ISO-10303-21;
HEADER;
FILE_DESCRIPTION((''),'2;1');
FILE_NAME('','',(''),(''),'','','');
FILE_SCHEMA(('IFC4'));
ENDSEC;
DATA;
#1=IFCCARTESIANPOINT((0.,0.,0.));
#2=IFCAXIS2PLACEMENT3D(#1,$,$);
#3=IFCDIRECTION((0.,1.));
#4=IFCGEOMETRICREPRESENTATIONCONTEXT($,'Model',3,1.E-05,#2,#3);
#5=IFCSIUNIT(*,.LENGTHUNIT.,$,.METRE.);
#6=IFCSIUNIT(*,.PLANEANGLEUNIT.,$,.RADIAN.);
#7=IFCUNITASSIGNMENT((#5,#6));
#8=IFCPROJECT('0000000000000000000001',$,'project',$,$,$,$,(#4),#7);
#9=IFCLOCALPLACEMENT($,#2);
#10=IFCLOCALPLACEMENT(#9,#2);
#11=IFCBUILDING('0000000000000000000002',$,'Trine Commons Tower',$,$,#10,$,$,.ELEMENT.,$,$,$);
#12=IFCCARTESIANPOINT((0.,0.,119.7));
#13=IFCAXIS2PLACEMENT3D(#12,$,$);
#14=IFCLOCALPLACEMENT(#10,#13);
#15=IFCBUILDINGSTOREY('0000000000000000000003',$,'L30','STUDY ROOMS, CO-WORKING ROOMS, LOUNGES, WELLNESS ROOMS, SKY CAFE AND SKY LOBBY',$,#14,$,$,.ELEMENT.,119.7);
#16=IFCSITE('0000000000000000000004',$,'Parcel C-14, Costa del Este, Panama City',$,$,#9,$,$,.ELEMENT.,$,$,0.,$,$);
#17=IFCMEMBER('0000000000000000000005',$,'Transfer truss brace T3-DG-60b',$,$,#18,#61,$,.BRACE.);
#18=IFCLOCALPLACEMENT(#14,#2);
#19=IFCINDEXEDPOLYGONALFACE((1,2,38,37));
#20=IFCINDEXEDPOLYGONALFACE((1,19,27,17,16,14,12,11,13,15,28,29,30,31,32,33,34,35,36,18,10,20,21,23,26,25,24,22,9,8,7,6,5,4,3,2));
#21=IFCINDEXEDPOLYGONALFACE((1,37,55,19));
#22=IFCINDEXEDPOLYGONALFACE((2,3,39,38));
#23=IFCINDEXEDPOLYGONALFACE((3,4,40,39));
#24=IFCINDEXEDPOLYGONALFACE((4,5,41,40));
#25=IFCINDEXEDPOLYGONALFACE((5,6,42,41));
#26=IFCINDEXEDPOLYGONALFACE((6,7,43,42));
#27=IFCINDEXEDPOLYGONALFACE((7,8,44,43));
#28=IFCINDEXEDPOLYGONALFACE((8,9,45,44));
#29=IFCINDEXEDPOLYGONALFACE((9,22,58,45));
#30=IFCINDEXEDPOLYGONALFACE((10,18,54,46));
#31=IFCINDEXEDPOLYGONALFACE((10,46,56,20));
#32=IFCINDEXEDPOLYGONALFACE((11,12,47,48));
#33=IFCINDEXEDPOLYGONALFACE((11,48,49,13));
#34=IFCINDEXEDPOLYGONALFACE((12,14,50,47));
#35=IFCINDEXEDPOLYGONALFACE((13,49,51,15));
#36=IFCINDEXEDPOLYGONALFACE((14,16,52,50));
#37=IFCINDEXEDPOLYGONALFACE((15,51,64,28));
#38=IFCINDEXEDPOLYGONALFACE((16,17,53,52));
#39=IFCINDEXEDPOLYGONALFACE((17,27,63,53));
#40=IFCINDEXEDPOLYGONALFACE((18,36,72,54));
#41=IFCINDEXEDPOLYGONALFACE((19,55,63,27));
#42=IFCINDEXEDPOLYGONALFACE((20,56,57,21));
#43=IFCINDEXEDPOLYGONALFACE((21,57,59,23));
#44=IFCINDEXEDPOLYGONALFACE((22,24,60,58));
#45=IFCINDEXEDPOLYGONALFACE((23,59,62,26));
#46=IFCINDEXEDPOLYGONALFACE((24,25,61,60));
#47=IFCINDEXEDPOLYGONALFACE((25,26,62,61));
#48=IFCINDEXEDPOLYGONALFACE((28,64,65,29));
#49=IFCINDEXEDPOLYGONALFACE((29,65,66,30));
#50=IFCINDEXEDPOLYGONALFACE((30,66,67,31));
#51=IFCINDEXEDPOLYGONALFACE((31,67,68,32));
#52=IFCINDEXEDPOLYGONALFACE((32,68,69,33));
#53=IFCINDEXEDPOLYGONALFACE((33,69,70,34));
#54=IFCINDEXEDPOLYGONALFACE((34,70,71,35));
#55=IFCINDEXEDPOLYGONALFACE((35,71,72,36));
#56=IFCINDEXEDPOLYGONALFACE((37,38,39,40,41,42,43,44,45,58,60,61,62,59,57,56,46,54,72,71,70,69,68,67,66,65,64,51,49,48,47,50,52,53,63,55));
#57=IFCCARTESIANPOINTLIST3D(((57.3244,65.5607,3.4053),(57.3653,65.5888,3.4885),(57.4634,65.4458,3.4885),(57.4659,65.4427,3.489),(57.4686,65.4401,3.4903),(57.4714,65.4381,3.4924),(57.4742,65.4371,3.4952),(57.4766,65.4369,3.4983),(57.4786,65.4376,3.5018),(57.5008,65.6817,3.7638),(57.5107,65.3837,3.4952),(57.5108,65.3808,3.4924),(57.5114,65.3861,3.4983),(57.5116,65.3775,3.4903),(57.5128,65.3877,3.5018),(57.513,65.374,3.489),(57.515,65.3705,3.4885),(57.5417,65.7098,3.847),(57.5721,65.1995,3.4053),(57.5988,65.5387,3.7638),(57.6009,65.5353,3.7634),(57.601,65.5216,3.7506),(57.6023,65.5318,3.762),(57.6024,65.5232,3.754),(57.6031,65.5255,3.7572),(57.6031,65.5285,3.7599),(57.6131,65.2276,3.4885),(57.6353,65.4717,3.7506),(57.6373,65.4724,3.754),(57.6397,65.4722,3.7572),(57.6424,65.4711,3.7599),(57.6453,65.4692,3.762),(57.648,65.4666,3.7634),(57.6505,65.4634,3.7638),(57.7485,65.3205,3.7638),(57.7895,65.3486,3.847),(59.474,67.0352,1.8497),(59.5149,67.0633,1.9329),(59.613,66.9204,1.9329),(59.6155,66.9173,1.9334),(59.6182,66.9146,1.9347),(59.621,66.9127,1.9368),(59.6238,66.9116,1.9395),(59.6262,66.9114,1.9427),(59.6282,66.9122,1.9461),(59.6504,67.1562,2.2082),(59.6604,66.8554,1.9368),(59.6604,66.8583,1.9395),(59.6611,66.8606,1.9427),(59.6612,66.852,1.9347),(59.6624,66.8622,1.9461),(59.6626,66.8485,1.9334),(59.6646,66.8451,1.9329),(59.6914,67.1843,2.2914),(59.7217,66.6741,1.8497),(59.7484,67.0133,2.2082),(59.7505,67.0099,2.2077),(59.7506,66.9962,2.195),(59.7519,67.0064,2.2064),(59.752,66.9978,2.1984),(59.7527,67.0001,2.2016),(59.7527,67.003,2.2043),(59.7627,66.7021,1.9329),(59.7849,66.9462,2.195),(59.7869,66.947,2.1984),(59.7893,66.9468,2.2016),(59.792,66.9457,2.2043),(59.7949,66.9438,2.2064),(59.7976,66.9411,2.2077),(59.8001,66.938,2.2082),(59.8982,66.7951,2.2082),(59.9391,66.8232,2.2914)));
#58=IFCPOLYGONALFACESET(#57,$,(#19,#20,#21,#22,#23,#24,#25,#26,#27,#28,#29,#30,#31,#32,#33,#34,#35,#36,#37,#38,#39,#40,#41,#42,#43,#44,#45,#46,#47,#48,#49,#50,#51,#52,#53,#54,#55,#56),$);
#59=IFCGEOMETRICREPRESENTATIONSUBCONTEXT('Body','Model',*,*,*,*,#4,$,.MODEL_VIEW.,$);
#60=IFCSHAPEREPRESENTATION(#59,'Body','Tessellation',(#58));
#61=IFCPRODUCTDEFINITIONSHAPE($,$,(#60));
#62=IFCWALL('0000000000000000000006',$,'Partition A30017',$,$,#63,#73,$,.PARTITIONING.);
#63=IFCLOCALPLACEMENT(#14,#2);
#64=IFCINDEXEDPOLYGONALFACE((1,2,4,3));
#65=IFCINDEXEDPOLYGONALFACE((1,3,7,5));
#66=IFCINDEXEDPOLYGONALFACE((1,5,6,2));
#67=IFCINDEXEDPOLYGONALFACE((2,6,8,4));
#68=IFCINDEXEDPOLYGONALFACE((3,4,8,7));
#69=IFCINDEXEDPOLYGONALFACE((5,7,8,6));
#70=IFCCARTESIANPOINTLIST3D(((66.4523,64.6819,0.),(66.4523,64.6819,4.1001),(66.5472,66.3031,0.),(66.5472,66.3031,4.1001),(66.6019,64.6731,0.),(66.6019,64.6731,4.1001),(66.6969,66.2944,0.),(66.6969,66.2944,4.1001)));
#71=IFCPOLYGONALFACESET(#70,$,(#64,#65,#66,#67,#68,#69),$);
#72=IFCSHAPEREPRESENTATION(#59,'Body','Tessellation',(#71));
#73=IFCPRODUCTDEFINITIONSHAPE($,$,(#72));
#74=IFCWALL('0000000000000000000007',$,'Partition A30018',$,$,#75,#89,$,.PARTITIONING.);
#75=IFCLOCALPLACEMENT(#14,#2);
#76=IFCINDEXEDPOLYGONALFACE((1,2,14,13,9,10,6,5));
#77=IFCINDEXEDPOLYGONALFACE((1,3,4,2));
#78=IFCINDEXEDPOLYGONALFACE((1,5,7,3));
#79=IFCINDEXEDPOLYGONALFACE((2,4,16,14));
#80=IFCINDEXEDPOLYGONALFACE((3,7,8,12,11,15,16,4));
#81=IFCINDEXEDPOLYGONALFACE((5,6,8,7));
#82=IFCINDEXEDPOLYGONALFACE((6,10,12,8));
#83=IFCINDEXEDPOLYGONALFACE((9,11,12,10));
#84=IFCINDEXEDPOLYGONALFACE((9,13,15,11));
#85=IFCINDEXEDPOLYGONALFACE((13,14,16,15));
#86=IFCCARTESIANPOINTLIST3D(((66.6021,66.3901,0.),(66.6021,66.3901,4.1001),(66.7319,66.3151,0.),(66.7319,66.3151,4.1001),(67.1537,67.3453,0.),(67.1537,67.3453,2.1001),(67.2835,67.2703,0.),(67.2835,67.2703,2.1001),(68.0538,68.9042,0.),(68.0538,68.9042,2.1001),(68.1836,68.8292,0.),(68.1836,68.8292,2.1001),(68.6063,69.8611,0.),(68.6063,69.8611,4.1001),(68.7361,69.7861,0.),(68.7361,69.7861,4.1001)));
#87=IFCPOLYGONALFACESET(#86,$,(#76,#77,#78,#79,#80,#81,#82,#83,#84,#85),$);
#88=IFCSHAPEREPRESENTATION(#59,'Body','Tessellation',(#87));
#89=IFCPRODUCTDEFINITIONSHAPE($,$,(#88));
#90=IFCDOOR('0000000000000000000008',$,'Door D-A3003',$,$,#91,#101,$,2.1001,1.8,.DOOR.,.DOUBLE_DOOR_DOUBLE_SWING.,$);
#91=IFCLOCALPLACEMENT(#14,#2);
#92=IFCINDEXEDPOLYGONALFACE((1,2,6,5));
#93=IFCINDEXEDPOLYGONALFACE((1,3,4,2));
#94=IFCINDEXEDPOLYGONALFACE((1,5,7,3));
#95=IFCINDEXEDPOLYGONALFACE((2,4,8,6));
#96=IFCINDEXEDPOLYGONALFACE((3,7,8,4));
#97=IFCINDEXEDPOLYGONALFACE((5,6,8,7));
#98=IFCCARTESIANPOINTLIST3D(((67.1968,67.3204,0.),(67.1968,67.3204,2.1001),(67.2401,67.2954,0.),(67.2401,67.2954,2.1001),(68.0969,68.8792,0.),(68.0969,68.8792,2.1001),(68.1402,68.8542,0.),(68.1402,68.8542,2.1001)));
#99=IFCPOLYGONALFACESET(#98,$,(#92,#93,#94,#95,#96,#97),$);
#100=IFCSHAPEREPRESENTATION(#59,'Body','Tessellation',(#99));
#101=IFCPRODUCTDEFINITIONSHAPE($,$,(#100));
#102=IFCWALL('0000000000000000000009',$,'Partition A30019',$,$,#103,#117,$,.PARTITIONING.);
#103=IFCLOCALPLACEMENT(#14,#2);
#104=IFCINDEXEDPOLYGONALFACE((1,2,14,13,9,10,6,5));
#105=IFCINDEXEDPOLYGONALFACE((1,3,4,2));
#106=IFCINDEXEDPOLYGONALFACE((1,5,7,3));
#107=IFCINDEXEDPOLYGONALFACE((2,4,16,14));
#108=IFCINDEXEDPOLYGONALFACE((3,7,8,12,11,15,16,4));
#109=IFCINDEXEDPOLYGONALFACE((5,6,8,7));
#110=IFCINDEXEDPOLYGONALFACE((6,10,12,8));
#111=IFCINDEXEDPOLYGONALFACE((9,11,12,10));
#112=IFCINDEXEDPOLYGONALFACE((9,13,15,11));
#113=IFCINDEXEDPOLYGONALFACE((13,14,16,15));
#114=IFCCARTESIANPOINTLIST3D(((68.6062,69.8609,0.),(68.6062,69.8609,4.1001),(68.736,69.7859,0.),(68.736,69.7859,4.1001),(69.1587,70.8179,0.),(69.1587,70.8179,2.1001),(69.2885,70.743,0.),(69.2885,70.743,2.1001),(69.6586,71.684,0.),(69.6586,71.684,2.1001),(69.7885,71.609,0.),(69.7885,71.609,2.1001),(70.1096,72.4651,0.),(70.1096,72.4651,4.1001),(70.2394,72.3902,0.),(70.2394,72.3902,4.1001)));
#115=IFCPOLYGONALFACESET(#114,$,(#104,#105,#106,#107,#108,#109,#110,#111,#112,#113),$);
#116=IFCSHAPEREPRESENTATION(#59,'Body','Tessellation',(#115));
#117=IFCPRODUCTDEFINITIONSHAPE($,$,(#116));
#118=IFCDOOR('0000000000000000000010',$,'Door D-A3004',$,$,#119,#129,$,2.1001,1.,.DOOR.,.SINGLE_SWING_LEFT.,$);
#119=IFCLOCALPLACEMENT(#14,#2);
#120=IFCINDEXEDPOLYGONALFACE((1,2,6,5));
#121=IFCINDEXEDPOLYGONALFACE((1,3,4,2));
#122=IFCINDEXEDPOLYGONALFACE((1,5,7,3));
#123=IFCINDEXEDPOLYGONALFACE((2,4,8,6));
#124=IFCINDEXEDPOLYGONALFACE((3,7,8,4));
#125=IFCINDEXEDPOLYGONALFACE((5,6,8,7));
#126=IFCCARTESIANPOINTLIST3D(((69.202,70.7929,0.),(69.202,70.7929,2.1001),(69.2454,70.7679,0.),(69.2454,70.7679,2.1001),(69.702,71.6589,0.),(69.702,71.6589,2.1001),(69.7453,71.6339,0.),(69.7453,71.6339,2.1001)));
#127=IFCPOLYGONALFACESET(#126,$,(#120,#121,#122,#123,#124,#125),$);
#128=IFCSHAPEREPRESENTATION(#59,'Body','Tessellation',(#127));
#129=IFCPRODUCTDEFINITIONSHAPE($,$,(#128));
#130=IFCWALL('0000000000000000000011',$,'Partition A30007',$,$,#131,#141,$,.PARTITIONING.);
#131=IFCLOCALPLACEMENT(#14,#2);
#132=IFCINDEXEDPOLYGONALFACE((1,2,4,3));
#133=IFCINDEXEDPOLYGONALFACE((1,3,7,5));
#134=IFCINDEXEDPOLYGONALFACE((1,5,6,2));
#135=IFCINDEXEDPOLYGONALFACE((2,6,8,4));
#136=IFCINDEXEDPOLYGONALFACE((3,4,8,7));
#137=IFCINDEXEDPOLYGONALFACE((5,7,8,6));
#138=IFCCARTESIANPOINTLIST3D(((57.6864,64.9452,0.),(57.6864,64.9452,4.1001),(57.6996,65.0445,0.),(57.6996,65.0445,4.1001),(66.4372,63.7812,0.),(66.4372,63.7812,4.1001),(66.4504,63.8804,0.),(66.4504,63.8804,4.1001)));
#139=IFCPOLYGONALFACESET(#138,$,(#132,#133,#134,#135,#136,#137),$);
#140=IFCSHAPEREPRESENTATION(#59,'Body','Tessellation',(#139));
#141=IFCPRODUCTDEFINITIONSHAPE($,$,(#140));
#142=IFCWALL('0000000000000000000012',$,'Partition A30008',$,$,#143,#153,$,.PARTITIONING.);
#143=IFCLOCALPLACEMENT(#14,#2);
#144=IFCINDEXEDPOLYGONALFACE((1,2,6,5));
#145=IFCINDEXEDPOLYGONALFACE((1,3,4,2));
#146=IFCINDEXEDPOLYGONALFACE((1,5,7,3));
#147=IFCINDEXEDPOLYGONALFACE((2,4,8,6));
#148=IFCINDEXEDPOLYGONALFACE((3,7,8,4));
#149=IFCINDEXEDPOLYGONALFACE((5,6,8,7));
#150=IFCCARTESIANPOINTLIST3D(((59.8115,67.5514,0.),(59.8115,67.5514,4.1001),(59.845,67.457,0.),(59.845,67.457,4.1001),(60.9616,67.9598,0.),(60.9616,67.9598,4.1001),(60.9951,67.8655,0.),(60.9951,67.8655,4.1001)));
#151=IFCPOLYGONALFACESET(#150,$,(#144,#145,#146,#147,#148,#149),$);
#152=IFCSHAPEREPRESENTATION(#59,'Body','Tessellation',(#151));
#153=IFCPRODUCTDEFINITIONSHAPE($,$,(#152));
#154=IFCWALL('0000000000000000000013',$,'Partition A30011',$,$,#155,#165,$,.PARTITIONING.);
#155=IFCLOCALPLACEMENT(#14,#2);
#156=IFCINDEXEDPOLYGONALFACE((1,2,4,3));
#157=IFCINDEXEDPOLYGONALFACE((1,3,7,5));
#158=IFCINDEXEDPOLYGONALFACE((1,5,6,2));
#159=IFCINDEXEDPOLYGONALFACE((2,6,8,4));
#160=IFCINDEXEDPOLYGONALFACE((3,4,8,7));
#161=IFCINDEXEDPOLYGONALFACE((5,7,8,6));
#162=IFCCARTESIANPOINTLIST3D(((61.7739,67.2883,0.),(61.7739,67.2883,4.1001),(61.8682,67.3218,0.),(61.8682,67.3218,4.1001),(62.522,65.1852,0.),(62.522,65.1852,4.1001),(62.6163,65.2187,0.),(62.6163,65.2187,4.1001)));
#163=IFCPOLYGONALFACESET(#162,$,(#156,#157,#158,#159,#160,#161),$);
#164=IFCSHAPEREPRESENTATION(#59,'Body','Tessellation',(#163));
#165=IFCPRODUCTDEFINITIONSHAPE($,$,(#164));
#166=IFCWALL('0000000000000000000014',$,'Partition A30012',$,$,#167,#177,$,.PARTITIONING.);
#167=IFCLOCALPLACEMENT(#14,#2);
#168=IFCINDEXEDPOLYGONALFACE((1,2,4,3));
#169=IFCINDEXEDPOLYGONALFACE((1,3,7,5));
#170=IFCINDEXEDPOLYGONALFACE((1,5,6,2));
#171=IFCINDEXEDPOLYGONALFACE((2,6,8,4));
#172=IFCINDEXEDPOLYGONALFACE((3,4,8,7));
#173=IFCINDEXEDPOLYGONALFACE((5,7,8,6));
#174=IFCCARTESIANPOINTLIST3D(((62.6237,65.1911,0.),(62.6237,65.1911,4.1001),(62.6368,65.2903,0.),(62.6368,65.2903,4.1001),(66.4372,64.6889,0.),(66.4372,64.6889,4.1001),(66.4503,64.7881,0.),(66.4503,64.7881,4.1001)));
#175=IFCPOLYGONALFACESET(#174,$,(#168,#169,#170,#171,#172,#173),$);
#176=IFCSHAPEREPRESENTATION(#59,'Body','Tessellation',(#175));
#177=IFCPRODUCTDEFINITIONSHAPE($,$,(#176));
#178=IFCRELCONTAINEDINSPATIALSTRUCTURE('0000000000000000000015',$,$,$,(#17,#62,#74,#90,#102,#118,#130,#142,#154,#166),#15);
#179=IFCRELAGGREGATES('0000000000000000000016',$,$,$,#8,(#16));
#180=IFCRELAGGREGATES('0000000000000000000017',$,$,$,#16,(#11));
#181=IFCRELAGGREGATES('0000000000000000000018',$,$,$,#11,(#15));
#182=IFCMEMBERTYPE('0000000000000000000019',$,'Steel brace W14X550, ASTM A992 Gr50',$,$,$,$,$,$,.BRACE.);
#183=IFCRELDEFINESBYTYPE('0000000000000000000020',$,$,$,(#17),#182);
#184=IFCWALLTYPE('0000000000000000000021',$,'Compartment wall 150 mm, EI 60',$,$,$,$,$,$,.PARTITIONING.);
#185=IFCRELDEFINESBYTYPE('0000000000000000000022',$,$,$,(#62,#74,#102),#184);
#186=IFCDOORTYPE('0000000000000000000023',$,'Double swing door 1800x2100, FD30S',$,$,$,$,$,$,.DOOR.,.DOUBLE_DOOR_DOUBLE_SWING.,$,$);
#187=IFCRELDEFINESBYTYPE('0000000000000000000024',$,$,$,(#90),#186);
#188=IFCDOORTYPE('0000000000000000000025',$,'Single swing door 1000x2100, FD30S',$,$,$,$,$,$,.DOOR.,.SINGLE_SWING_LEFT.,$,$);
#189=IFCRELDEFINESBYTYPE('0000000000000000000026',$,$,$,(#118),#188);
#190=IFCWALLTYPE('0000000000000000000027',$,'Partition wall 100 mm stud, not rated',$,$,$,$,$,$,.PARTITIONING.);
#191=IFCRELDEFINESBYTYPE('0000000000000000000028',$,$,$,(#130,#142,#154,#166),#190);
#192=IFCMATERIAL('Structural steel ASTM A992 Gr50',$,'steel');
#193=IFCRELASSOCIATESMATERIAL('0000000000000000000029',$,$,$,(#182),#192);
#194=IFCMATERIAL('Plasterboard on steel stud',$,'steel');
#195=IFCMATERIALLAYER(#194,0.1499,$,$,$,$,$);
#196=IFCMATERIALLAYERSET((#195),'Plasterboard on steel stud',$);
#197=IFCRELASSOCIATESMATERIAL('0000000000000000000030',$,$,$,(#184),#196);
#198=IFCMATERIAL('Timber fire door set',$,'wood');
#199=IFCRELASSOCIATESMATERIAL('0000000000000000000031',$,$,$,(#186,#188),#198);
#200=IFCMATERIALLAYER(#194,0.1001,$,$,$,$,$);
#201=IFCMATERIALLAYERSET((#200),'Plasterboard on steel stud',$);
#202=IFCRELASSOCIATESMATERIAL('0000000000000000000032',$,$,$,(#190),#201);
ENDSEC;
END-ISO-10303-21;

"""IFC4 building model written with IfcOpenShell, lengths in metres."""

from ifc_helpers import new_model, si_unit, direction, frame, frame_2d, origin, origin_2d, place, context, subcontext, project, spatial, rectangle, i_section, extrude, material, layer, layer_set, material_profile, profile_set, type_object, element, fill, save


model = new_model("IFC4")

# Units and contexts
model_context = context("Model", 3, precision=1e-05, world=origin(), true_north=direction((0.0, 1.0)))
body_context = subcontext(model_context, "Body", "Model", "MODEL_VIEW")
ifc_project = project(units=[si_unit("LENGTHUNIT", "METRE"), si_unit("PLANEANGLEUNIT", "RADIAN")], contexts=[model_context])

# Site, building, storey
site_placement = place(None, origin())
site = spatial("IfcSite", under=ifc_project, at=site_placement, Name="Parcel C-14, Costa del Este, Panama City", CompositionType="ELEMENT", RefElevation=0.0)
building_placement = place(site_placement, origin())
building = spatial("IfcBuilding", under=site, at=building_placement, Name="Trine Commons Tower", CompositionType="ELEMENT")
storey_placement = place(building_placement, frame((0.0, 0.0, 119.7)))
storey = spatial("IfcBuildingStorey", under=building, at=storey_placement, Name="L30", Description="STUDY ROOMS, CO-WORKING ROOMS, LOUNGES, WELLNESS ROOMS, SKY CAFE AND SKY LOBBY", CompositionType="ELEMENT", Elevation=119.7)

# Shared definitions
ifc_material_1 = material(Name="Structural steel ASTM A992 Gr50", Category="steel")

# Member
ifc_material_profile_1 = material_profile(ifc_material_1, i_section(OverallWidth=0.438, OverallDepth=0.5144, WebThickness=0.0605, FlangeThickness=0.0969, FilletRadius=0.0154, at=origin_2d()), Name="W14X550")
ifc_profile_set_1 = profile_set([ifc_material_profile_1], Name="Structural steel ASTM A992 Gr50")
member_type = type_object("IfcMemberType", Name="Steel brace W14X550, ASTM A992 Gr50", PredefinedType="BRACE", material=ifc_profile_set_1)
member_1_placement = place(storey_placement, frame((59.7065, 66.9292, 2.0706), z_axis=(-0.708121, -0.485753, 0.512453), x_axis=(0.565674, -0.824629, 0.0)))
element("IfcMember", 1, at=member_1_placement, inside=storey, type_object=member_type, Name="Transfer truss brace T3-DG-60b", PredefinedType="BRACE", context=body_context, shape_type="SweptSolid", body=[
    extrude(i_section(OverallWidth=0.438, OverallDepth=0.5144, WebThickness=0.0605, FlangeThickness=0.0969, FilletRadius=0.0154, at=origin_2d()), origin(), (0.0, 0.0, 1.0), 3.0356),
])

# Wall
ifc_material_2 = material(Name="Plasterboard on steel stud", Category="steel")
ifc_layer_1 = layer(ifc_material_2, 0.1499)
ifc_layer_set_1 = layer_set([ifc_layer_1], Name="Plasterboard on steel stud")
wall_type_1 = type_object("IfcWallType", Name="Compartment wall 150 mm, EI 60", PredefinedType="PARTITIONING", material=ifc_layer_set_1)
wall_1_placement = place(storey_placement, frame((66.5271, 64.6775, 0.0), z_axis=(0.0, 0.0, 1.0), x_axis=(0.058475, 0.998289, 0.0)))
element("IfcWall", 2, at=wall_1_placement, inside=storey, type_object=wall_type_1, Name="Partition A30017", PredefinedType="PARTITIONING", context=body_context, shape_type="SweptSolid", body=[
    extrude(rectangle(XDim=1.624, YDim=0.1499, at=frame_2d((0.812, 0.0))), origin(), (0.0, 0.0, 1.0), 4.1001),
])

# Walls, openings, doors
wall_2_placement = place(storey_placement, frame((68.6711, 69.8235, 0.0), z_axis=(0.0, 0.0, 1.0), x_axis=(-0.500037, -0.866004, 0.0)))
wall_2 = element("IfcWall", 3, at=wall_2_placement, inside=storey, type_object=wall_type_1, Name="Partition A30018", PredefinedType="PARTITIONING", context=body_context, shape_type="SweptSolid", body=[
    extrude(rectangle(XDim=4.0081, YDim=0.1499, at=frame_2d((2.0039, 0.0))), origin(), (0.0, 0.0, 1.0), 4.1001),
])
opening_1_placement = place(wall_2_placement, frame((1.105, 0.0, 0.0)))
opening_1 = element("IfcOpeningElement", 4, at=opening_1_placement, cuts=wall_2, PredefinedType="OPENING", context=body_context, shape_type="SweptSolid", body=[
    extrude(rectangle(XDim=1.8, YDim=2.1001, at=frame_2d((0.8999, 1.05))), frame((0.0, 0.085, 0.0), z_axis=(0.0, -1.0, 0.0), x_axis=(1.0, 0.0, 0.0)), (0.0, 0.0, 1.0), 0.1699),
])
ifc_material_3 = material(Name="Timber fire door set", Category="wood")
door_type_1 = type_object("IfcDoorType", Name="Double swing door 1800x2100, FD30S", OperationType="DOUBLE_DOOR_DOUBLE_SWING", PredefinedType="DOOR", material=ifc_material_3)
door_1_placement = place(opening_1_placement, origin())
door_1 = element("IfcDoor", 5, at=door_1_placement, inside=storey, type_object=door_type_1, Name="Door D-A3003", OperationType="DOUBLE_DOOR_DOUBLE_SWING", OverallHeight=2.1001, OverallWidth=1.8, PredefinedType="DOOR", context=body_context, shape_type="SweptSolid", body=[
    extrude(rectangle(XDim=1.8, YDim=2.1001, at=frame_2d((0.8999, 1.05))), frame((0.0, 0.0249, 0.0), z_axis=(0.0, -1.0, 0.0), x_axis=(1.0, 0.0, 0.0)), (0.0, 0.0, 1.0), 0.05),
])
fill(opening_1, door_1)
wall_3_placement = place(storey_placement, frame((68.6711, 69.8235, 0.0), z_axis=(0.0, 0.0, 1.0), x_axis=(0.499964, 0.866046, 0.0)))
wall_3 = element("IfcWall", 6, at=wall_3_placement, inside=storey, type_object=wall_type_1, Name="Partition A30019", PredefinedType="PARTITIONING", context=body_context, shape_type="SweptSolid", body=[
    extrude(rectangle(XDim=3.0071, YDim=0.1499, at=frame_2d((1.5034, 0.0))), origin(), (0.0, 0.0, 1.0), 4.1001),
])
opening_2_placement = place(wall_3_placement, frame((1.105, 0.0, 0.0)))
opening_2 = element("IfcOpeningElement", 7, at=opening_2_placement, cuts=wall_3, PredefinedType="OPENING", context=body_context, shape_type="SweptSolid", body=[
    extrude(rectangle(XDim=1.0, YDim=2.1001, at=frame_2d((0.5, 1.05))), frame((0.0, 0.085, 0.0), z_axis=(0.0, -1.0, 0.0), x_axis=(1.0, 0.0, 0.0)), (0.0, 0.0, 1.0), 0.1699),
])
door_type_2 = type_object("IfcDoorType", Name="Single swing door 1000x2100, FD30S", OperationType="SINGLE_SWING_LEFT", PredefinedType="DOOR", material=ifc_material_3)
door_2_placement = place(opening_2_placement, origin())
door_2 = element("IfcDoor", 8, at=door_2_placement, inside=storey, type_object=door_type_2, Name="Door D-A3004", OperationType="SINGLE_SWING_LEFT", OverallHeight=2.1001, OverallWidth=1.0, PredefinedType="DOOR", context=body_context, shape_type="SweptSolid", body=[
    extrude(rectangle(XDim=1.0, YDim=2.1001, at=frame_2d((0.5, 1.05))), frame((0.0, 0.0249, 0.0), z_axis=(0.0, -1.0, 0.0), x_axis=(1.0, 0.0, 0.0)), (0.0, 0.0, 1.0), 0.05),
])
fill(opening_2, door_2)

# Walls
ifc_layer_2 = layer(ifc_material_2, 0.1001)
ifc_layer_set_2 = layer_set([ifc_layer_2], Name="Plasterboard on steel stud")
wall_type_2 = type_object("IfcWallType", Name="Partition wall 100 mm stud, not rated", PredefinedType="PARTITIONING", material=ifc_layer_set_2)
wall_4_placement = place(storey_placement, frame((57.6929, 64.9949, 0.0), z_axis=(0.0, 0.0, 1.0), x_axis=(0.991268, -0.131863, 0.0)))
element("IfcWall", 9, at=wall_4_placement, inside=storey, type_object=wall_type_2, Name="Partition A30007", PredefinedType="PARTITIONING", context=body_context, shape_type="SweptSolid", body=[
    extrude(rectangle(XDim=8.8279, YDim=0.1001, at=frame_2d((4.4141, 0.0))), origin(), (0.0, 0.0, 1.0), 4.1001),
])
wall_5_placement = place(storey_placement, frame((59.8281, 67.5042, 0.0), z_axis=(0.0, 0.0, 1.0), x_axis=(0.942342, 0.334651, 0.0)))
element("IfcWall", 10, at=wall_5_placement, inside=storey, type_object=wall_type_2, Name="Partition A30008", PredefinedType="PARTITIONING", context=body_context, shape_type="SweptSolid", body=[
    extrude(rectangle(XDim=1.2205, YDim=0.1001, at=frame_2d((0.6104, 0.0))), origin(), (0.0, 0.0, 1.0), 4.1001),
])
wall_6_placement = place(storey_placement, frame((61.821, 67.3052, 0.0), z_axis=(0.0, 0.0, 1.0), x_axis=(0.335131, -0.942172, 0.0)))
element("IfcWall", 11, at=wall_6_placement, inside=storey, type_object=wall_type_2, Name="Partition A30011", PredefinedType="PARTITIONING", context=body_context, shape_type="SweptSolid", body=[
    extrude(rectangle(XDim=2.2322, YDim=0.1001, at=frame_2d((1.1162, 0.0))), origin(), (0.0, 0.0, 1.0), 4.1001),
])
wall_7_placement = place(storey_placement, frame((62.6301, 65.2407, 0.0), z_axis=(0.0, 0.0, 1.0), x_axis=(0.99144, -0.130563, 0.0)))
element("IfcWall", 12, at=wall_7_placement, inside=storey, type_object=wall_type_2, Name="Partition A30012", PredefinedType="PARTITIONING", context=body_context, shape_type="SweptSolid", body=[
    extrude(rectangle(XDim=3.8464, YDim=0.1001, at=frame_2d((1.9233, 0.0))), origin(), (0.0, 0.0, 1.0), 4.1001),
])

save(model, "model.ifc")
